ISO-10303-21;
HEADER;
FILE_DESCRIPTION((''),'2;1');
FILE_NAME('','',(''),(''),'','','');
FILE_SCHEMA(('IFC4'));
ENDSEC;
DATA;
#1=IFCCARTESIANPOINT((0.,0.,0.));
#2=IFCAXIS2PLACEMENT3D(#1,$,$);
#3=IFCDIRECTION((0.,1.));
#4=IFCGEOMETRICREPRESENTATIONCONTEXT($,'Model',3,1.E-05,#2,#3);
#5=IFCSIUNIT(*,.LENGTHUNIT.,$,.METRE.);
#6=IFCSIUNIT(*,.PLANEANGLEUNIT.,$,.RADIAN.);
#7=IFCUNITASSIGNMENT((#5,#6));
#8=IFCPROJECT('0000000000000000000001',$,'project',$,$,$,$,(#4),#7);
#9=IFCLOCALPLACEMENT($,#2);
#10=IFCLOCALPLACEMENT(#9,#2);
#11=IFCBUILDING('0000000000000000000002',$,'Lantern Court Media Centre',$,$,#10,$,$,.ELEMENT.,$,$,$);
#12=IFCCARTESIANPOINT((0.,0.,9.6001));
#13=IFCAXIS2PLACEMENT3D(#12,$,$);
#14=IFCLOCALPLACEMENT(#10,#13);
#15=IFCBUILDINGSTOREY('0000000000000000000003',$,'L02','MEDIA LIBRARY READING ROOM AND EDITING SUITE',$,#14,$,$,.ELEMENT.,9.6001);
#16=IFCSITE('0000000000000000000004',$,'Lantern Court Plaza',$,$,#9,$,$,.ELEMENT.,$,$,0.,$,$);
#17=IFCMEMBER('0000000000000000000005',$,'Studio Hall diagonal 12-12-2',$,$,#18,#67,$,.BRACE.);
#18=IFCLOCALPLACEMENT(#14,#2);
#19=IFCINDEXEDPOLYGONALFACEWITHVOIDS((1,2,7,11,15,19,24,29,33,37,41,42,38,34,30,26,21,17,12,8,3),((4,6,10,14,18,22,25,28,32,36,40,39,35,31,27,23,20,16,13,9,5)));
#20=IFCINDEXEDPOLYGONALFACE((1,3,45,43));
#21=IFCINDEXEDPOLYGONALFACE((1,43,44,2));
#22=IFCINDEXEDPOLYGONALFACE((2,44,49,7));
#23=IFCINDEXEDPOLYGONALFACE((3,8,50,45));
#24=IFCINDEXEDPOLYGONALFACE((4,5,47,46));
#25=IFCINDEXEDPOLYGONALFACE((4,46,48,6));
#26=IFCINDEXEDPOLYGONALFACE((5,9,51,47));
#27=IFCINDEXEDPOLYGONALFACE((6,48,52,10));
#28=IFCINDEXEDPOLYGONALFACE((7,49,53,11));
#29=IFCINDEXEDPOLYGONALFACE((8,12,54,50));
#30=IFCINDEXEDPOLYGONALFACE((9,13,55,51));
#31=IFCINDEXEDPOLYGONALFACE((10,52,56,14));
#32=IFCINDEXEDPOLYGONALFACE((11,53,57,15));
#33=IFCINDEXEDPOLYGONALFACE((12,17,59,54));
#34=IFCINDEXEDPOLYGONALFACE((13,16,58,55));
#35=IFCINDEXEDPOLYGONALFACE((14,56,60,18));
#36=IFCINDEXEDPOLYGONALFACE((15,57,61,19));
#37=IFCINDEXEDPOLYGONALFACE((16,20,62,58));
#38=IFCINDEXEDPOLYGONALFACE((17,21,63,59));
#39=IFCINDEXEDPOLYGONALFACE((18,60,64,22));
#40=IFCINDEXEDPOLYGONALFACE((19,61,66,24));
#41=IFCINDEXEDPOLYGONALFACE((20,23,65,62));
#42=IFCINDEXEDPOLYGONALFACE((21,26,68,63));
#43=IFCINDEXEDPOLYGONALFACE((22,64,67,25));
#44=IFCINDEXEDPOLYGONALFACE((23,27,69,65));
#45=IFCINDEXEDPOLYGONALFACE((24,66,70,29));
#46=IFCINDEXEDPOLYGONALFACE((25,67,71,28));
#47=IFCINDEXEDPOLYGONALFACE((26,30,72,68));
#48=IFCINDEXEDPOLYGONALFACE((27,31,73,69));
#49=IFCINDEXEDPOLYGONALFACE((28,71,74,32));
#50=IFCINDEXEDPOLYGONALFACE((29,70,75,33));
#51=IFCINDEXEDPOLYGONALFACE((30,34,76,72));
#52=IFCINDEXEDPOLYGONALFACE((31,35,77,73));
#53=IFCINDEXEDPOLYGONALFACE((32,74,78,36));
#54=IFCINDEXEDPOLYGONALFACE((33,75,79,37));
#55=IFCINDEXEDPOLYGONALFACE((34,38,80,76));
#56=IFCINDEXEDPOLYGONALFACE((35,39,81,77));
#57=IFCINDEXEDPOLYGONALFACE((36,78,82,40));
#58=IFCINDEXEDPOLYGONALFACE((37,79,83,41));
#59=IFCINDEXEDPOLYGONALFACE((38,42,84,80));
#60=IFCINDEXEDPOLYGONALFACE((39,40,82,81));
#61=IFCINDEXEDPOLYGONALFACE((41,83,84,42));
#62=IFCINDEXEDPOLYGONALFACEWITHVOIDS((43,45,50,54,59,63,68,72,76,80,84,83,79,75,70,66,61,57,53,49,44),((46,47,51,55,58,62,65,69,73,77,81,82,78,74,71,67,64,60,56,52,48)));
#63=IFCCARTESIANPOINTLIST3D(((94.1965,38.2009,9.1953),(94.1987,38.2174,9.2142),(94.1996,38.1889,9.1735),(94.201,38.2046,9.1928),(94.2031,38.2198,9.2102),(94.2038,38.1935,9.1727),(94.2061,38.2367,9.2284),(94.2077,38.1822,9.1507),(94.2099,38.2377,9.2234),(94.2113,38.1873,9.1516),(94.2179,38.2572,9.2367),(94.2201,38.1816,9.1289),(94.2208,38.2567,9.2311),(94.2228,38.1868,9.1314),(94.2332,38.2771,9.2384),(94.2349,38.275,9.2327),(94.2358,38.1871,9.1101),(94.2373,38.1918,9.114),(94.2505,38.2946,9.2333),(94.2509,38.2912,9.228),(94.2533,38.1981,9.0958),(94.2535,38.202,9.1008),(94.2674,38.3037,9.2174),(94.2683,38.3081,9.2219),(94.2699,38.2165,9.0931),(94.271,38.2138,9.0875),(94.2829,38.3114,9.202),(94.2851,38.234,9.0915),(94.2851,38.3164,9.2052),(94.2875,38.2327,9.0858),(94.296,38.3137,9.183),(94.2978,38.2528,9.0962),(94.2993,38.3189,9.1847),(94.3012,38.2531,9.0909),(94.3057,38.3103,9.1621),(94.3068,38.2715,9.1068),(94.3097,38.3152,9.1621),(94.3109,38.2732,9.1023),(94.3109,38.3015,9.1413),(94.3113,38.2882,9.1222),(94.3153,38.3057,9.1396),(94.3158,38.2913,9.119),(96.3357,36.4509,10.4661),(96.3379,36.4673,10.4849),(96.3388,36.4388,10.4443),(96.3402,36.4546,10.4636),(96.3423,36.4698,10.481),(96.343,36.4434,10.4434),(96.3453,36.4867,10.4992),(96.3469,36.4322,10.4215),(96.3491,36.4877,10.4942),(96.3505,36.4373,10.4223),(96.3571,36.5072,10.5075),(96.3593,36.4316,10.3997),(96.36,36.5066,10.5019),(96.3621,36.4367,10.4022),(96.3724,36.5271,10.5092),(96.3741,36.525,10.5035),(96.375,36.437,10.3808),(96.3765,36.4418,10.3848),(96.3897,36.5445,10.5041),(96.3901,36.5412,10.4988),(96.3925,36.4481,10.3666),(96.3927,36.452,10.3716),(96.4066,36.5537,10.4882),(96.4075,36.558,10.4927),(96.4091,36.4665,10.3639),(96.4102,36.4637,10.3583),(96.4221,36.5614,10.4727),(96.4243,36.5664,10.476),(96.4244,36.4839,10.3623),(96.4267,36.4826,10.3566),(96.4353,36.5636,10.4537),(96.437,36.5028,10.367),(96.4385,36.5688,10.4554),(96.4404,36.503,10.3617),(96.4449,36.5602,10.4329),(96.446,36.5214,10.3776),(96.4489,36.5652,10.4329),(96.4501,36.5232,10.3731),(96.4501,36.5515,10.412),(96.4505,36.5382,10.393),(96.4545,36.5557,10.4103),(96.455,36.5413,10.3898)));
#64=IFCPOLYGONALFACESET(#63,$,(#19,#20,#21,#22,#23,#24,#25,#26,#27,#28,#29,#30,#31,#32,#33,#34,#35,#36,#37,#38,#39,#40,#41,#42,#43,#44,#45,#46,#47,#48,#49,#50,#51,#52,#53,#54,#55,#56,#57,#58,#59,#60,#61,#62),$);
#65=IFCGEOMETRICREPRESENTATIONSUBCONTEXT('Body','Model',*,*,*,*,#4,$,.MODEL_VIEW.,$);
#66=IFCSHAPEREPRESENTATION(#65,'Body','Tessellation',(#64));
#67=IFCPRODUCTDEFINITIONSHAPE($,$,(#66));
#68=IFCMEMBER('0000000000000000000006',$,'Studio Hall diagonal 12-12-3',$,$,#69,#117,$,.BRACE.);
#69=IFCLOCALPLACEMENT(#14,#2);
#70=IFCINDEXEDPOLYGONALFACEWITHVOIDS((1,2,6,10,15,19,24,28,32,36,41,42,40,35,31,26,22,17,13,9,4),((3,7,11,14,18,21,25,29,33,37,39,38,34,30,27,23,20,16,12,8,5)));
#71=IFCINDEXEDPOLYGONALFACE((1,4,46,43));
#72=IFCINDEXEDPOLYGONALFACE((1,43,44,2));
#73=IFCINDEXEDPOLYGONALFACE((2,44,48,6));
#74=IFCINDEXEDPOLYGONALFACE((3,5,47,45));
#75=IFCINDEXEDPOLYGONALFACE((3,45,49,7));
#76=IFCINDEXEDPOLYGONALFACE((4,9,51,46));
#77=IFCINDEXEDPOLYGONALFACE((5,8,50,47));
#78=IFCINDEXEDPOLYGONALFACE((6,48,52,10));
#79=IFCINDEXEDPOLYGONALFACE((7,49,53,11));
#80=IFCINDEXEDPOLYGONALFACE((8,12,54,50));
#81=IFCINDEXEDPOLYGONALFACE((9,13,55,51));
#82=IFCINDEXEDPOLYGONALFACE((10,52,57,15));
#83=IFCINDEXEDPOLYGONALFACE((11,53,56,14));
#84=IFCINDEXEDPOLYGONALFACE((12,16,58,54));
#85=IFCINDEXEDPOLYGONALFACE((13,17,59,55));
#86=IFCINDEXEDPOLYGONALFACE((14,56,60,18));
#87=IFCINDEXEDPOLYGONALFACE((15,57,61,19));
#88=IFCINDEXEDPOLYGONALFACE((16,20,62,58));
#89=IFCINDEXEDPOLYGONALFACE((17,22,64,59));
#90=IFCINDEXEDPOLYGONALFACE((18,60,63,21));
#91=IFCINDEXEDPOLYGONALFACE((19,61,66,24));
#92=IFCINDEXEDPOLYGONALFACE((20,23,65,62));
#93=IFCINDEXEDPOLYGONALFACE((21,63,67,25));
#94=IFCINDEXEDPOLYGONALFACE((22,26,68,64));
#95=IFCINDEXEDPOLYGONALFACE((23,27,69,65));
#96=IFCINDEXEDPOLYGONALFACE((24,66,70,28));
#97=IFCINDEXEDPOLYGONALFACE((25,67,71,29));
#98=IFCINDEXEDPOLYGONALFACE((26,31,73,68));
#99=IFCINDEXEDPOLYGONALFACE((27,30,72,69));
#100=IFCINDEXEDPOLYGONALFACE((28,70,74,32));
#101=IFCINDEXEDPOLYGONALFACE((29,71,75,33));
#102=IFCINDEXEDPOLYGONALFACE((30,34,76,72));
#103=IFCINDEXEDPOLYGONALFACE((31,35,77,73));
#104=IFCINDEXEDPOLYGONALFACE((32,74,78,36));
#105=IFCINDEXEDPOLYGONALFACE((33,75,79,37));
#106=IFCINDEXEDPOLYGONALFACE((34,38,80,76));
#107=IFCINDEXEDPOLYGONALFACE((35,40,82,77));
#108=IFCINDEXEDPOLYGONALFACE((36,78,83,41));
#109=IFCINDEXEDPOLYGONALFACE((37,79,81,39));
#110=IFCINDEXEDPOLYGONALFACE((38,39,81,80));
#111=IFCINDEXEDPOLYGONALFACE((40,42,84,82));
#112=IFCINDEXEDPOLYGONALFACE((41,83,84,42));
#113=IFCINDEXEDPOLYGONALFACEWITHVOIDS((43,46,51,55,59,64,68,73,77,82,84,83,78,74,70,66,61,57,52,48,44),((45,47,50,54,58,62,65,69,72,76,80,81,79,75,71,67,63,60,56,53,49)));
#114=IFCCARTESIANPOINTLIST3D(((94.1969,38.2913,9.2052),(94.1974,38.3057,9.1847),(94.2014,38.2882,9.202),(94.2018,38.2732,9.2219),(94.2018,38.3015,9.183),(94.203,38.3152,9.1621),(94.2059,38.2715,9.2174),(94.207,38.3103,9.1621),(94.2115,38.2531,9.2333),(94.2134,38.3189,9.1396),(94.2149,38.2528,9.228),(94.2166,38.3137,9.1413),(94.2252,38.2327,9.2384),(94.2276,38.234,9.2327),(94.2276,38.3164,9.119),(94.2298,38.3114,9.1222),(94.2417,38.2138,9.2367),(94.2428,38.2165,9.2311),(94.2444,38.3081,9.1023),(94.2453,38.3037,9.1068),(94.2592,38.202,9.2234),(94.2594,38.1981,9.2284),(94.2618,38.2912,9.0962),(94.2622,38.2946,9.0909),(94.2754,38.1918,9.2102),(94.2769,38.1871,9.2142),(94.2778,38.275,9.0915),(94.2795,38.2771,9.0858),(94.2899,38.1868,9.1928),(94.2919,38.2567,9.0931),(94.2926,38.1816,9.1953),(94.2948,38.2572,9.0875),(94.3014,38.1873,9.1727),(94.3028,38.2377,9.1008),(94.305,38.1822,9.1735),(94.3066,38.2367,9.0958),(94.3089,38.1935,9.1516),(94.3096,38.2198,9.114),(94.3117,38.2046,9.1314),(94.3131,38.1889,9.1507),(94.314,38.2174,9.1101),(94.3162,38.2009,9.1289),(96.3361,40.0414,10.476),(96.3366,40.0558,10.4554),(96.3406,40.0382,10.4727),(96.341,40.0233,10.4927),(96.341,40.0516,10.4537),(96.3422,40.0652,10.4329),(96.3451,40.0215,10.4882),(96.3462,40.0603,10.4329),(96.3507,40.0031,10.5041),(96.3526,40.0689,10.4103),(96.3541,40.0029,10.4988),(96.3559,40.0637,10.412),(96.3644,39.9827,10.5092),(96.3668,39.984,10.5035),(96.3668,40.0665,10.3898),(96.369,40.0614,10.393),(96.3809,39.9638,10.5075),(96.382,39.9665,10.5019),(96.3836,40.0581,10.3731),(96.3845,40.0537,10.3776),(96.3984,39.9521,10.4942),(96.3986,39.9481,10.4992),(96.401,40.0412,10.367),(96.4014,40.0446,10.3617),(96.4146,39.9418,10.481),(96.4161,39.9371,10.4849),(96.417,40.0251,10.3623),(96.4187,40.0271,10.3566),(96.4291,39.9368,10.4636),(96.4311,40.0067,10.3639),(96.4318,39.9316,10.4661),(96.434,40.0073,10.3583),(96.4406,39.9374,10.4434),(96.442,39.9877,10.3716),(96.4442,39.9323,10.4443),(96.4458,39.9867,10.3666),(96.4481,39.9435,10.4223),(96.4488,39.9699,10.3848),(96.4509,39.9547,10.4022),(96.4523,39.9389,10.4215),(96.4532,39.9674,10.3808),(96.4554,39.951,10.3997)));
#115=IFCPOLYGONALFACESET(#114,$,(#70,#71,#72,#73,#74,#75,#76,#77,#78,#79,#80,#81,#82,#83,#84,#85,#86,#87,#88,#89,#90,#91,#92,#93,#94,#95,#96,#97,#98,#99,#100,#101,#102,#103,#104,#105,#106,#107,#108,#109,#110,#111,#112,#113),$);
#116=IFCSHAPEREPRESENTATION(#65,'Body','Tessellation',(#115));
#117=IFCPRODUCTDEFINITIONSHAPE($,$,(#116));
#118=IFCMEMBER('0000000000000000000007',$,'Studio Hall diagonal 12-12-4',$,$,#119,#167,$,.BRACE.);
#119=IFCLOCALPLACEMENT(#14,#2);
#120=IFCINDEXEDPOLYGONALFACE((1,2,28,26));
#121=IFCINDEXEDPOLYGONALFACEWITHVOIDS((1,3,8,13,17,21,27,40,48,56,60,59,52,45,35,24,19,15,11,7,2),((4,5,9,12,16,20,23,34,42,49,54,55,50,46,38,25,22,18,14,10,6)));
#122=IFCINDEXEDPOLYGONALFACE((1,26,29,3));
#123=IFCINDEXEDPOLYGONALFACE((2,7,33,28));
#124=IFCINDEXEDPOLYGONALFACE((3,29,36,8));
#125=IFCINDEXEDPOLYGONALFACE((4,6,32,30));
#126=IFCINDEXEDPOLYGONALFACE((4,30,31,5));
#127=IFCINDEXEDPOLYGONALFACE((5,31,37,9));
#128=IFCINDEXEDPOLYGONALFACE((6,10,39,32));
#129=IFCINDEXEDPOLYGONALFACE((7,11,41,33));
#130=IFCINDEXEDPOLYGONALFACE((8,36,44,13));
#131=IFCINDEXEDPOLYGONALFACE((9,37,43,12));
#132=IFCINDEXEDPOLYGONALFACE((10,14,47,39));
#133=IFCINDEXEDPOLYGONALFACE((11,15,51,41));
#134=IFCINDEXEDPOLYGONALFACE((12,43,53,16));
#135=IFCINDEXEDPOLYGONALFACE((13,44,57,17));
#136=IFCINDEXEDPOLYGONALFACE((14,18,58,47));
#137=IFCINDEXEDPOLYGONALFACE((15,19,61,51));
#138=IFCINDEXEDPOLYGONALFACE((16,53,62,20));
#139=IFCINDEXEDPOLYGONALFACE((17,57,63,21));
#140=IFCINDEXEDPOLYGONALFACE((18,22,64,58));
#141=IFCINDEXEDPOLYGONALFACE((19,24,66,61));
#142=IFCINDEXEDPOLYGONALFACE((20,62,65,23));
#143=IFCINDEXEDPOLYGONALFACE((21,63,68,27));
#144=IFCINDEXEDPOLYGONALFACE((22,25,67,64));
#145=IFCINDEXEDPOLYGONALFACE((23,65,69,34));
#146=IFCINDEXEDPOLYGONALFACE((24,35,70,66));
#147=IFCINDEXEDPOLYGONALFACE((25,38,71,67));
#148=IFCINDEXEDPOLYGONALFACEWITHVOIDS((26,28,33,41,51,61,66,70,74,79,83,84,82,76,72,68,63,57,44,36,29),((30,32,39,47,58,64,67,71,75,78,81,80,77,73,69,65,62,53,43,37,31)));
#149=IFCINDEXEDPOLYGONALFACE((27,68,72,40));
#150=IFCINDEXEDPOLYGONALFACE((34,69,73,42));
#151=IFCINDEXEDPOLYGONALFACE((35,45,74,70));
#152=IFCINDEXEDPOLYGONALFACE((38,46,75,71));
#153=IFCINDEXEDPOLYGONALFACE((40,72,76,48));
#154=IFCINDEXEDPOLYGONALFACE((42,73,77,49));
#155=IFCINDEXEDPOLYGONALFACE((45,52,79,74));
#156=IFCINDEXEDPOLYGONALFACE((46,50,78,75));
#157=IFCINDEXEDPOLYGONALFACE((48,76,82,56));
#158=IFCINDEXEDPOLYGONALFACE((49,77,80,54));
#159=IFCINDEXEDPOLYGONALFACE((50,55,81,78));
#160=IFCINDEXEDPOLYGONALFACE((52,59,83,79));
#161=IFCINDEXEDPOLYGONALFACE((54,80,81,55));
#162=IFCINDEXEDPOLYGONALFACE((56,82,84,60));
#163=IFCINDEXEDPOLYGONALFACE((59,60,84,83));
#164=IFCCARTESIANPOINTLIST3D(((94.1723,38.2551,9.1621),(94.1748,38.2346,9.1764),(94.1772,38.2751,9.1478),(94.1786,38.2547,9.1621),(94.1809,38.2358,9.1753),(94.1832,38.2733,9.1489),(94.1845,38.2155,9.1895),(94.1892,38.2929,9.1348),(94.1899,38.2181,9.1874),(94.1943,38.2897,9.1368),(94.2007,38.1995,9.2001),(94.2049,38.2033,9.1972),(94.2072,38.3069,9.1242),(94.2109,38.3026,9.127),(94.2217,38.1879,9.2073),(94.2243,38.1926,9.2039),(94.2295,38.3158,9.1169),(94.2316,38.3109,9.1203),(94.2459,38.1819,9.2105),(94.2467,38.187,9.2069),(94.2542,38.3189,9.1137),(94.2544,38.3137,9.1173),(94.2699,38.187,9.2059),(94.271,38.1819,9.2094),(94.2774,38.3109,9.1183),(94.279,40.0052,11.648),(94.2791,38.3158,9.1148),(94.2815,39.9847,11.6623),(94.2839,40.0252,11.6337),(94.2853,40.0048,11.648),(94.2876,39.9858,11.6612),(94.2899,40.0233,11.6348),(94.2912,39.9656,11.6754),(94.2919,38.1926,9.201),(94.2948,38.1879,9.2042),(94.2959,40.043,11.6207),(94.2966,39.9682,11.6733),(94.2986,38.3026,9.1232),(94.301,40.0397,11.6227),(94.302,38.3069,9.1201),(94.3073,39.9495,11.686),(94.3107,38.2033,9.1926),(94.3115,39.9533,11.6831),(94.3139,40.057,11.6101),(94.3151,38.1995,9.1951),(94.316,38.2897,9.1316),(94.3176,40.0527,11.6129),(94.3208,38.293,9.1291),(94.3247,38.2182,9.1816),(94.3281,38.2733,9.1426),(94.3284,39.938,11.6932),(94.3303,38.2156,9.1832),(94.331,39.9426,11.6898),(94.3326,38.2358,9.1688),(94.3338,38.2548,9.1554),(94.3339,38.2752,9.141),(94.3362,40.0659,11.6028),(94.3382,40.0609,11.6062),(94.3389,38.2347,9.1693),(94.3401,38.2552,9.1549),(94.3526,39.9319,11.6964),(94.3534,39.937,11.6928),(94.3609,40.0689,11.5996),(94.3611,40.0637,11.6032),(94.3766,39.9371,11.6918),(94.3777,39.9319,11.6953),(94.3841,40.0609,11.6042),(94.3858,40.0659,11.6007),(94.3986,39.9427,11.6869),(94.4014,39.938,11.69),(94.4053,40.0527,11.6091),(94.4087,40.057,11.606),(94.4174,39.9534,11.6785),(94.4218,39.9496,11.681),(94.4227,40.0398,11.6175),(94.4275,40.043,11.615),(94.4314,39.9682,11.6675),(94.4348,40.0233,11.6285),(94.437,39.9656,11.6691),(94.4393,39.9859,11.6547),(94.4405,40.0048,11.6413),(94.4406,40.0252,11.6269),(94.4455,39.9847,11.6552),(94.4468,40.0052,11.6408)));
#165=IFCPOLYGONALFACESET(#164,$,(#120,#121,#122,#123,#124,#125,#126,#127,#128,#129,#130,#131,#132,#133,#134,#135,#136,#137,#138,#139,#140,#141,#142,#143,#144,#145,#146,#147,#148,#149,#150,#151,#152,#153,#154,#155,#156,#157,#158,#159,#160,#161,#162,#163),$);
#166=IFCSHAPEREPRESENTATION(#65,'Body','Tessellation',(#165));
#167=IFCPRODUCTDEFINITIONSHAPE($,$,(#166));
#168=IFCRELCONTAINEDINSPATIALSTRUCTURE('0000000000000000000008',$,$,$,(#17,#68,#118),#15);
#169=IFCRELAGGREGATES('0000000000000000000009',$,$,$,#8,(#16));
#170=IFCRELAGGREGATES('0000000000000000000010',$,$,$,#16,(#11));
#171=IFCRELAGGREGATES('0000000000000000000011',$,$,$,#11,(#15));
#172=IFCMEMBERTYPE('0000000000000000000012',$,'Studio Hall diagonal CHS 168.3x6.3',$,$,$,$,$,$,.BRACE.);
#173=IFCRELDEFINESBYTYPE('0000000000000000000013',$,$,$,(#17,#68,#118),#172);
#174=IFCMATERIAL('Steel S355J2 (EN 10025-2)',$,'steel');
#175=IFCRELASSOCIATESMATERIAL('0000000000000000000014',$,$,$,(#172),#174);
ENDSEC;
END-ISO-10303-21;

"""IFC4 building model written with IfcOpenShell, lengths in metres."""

from ifc_helpers import new_model, si_unit, direction, frame, origin, origin_2d, place, context, subcontext, project, spatial, hollow_circle, extrude, material, material_profile, profile_set, type_object, element, save


model = new_model("IFC4")

# Units and contexts
model_context = context("Model", 3, precision=1e-05, world=origin(), true_north=direction((0.0, 1.0)))
body_context = subcontext(model_context, "Body", "Model", "MODEL_VIEW")
ifc_project = project(units=[si_unit("LENGTHUNIT", "METRE"), si_unit("PLANEANGLEUNIT", "RADIAN")], contexts=[model_context])

# Site, building, storey
site_placement = place(None, origin())
site = spatial("IfcSite", under=ifc_project, at=site_placement, Name="Lantern Court Plaza", CompositionType="ELEMENT", RefElevation=0.0)
building_placement = place(site_placement, origin())
building = spatial("IfcBuilding", under=site, at=building_placement, Name="Lantern Court Media Centre", CompositionType="ELEMENT")
storey_placement = place(building_placement, frame((0.0, 0.0, 9.6001)))
storey = spatial("IfcBuildingStorey", under=building, at=storey_placement, Name="L02", Description="MEDIA LIBRARY READING ROOM AND EDITING SUITE", CompositionType="ELEMENT", Elevation=9.6001)

# Members
ifc_material = material(Name="Steel S355J2 (EN 10025-2)", Category="steel")
ifc_material_profile_1 = material_profile(ifc_material, hollow_circle(Radius=0.0842, WallThickness=0.0063, at=origin_2d()), Name="Studio Hall diagonal CHS 168.3x6.3")
ifc_profile_set_1 = profile_set([ifc_material_profile_1], Name="Steel S355J2 (EN 10025-2)")
member_type_1 = type_object("IfcMemberType", Name="Studio Hall diagonal CHS 168.3x6.3", PredefinedType="BRACE", material=ifc_profile_set_1)
for number, where, z_axis, x_axis, name in (
    (1, (94.2563, 38.25, 9.1621), (0.703225, -0.575293, 0.417746), (0.63319, 0.773997, 0.0), "Studio Hall diagonal 12-12-2"),
    (2, (94.2563, 38.25, 9.1621), (0.703225, 0.575293, 0.417746), (-0.63319, 0.773997, 0.0), "Studio Hall diagonal 12-12-3"),
    (3, (94.2563, 38.25, 9.1621), (0.035073, 0.575294, 0.817194), (-0.998147, 0.060852, 0.0), "Studio Hall diagonal 12-12-4"),
):
    element("IfcMember", number, at=place(storey_placement, frame(where, z_axis=z_axis, x_axis=x_axis)), inside=storey, type_object=member_type_1, Name=name, PredefinedType="BRACE", context=body_context, shape_type="SweptSolid", body=[
        extrude(hollow_circle(Radius=0.0842, WallThickness=0.0063, at=origin_2d()), origin(), (0.0, 0.0, 1.0), 3.042),
    ])

save(model, "model.ifc")
